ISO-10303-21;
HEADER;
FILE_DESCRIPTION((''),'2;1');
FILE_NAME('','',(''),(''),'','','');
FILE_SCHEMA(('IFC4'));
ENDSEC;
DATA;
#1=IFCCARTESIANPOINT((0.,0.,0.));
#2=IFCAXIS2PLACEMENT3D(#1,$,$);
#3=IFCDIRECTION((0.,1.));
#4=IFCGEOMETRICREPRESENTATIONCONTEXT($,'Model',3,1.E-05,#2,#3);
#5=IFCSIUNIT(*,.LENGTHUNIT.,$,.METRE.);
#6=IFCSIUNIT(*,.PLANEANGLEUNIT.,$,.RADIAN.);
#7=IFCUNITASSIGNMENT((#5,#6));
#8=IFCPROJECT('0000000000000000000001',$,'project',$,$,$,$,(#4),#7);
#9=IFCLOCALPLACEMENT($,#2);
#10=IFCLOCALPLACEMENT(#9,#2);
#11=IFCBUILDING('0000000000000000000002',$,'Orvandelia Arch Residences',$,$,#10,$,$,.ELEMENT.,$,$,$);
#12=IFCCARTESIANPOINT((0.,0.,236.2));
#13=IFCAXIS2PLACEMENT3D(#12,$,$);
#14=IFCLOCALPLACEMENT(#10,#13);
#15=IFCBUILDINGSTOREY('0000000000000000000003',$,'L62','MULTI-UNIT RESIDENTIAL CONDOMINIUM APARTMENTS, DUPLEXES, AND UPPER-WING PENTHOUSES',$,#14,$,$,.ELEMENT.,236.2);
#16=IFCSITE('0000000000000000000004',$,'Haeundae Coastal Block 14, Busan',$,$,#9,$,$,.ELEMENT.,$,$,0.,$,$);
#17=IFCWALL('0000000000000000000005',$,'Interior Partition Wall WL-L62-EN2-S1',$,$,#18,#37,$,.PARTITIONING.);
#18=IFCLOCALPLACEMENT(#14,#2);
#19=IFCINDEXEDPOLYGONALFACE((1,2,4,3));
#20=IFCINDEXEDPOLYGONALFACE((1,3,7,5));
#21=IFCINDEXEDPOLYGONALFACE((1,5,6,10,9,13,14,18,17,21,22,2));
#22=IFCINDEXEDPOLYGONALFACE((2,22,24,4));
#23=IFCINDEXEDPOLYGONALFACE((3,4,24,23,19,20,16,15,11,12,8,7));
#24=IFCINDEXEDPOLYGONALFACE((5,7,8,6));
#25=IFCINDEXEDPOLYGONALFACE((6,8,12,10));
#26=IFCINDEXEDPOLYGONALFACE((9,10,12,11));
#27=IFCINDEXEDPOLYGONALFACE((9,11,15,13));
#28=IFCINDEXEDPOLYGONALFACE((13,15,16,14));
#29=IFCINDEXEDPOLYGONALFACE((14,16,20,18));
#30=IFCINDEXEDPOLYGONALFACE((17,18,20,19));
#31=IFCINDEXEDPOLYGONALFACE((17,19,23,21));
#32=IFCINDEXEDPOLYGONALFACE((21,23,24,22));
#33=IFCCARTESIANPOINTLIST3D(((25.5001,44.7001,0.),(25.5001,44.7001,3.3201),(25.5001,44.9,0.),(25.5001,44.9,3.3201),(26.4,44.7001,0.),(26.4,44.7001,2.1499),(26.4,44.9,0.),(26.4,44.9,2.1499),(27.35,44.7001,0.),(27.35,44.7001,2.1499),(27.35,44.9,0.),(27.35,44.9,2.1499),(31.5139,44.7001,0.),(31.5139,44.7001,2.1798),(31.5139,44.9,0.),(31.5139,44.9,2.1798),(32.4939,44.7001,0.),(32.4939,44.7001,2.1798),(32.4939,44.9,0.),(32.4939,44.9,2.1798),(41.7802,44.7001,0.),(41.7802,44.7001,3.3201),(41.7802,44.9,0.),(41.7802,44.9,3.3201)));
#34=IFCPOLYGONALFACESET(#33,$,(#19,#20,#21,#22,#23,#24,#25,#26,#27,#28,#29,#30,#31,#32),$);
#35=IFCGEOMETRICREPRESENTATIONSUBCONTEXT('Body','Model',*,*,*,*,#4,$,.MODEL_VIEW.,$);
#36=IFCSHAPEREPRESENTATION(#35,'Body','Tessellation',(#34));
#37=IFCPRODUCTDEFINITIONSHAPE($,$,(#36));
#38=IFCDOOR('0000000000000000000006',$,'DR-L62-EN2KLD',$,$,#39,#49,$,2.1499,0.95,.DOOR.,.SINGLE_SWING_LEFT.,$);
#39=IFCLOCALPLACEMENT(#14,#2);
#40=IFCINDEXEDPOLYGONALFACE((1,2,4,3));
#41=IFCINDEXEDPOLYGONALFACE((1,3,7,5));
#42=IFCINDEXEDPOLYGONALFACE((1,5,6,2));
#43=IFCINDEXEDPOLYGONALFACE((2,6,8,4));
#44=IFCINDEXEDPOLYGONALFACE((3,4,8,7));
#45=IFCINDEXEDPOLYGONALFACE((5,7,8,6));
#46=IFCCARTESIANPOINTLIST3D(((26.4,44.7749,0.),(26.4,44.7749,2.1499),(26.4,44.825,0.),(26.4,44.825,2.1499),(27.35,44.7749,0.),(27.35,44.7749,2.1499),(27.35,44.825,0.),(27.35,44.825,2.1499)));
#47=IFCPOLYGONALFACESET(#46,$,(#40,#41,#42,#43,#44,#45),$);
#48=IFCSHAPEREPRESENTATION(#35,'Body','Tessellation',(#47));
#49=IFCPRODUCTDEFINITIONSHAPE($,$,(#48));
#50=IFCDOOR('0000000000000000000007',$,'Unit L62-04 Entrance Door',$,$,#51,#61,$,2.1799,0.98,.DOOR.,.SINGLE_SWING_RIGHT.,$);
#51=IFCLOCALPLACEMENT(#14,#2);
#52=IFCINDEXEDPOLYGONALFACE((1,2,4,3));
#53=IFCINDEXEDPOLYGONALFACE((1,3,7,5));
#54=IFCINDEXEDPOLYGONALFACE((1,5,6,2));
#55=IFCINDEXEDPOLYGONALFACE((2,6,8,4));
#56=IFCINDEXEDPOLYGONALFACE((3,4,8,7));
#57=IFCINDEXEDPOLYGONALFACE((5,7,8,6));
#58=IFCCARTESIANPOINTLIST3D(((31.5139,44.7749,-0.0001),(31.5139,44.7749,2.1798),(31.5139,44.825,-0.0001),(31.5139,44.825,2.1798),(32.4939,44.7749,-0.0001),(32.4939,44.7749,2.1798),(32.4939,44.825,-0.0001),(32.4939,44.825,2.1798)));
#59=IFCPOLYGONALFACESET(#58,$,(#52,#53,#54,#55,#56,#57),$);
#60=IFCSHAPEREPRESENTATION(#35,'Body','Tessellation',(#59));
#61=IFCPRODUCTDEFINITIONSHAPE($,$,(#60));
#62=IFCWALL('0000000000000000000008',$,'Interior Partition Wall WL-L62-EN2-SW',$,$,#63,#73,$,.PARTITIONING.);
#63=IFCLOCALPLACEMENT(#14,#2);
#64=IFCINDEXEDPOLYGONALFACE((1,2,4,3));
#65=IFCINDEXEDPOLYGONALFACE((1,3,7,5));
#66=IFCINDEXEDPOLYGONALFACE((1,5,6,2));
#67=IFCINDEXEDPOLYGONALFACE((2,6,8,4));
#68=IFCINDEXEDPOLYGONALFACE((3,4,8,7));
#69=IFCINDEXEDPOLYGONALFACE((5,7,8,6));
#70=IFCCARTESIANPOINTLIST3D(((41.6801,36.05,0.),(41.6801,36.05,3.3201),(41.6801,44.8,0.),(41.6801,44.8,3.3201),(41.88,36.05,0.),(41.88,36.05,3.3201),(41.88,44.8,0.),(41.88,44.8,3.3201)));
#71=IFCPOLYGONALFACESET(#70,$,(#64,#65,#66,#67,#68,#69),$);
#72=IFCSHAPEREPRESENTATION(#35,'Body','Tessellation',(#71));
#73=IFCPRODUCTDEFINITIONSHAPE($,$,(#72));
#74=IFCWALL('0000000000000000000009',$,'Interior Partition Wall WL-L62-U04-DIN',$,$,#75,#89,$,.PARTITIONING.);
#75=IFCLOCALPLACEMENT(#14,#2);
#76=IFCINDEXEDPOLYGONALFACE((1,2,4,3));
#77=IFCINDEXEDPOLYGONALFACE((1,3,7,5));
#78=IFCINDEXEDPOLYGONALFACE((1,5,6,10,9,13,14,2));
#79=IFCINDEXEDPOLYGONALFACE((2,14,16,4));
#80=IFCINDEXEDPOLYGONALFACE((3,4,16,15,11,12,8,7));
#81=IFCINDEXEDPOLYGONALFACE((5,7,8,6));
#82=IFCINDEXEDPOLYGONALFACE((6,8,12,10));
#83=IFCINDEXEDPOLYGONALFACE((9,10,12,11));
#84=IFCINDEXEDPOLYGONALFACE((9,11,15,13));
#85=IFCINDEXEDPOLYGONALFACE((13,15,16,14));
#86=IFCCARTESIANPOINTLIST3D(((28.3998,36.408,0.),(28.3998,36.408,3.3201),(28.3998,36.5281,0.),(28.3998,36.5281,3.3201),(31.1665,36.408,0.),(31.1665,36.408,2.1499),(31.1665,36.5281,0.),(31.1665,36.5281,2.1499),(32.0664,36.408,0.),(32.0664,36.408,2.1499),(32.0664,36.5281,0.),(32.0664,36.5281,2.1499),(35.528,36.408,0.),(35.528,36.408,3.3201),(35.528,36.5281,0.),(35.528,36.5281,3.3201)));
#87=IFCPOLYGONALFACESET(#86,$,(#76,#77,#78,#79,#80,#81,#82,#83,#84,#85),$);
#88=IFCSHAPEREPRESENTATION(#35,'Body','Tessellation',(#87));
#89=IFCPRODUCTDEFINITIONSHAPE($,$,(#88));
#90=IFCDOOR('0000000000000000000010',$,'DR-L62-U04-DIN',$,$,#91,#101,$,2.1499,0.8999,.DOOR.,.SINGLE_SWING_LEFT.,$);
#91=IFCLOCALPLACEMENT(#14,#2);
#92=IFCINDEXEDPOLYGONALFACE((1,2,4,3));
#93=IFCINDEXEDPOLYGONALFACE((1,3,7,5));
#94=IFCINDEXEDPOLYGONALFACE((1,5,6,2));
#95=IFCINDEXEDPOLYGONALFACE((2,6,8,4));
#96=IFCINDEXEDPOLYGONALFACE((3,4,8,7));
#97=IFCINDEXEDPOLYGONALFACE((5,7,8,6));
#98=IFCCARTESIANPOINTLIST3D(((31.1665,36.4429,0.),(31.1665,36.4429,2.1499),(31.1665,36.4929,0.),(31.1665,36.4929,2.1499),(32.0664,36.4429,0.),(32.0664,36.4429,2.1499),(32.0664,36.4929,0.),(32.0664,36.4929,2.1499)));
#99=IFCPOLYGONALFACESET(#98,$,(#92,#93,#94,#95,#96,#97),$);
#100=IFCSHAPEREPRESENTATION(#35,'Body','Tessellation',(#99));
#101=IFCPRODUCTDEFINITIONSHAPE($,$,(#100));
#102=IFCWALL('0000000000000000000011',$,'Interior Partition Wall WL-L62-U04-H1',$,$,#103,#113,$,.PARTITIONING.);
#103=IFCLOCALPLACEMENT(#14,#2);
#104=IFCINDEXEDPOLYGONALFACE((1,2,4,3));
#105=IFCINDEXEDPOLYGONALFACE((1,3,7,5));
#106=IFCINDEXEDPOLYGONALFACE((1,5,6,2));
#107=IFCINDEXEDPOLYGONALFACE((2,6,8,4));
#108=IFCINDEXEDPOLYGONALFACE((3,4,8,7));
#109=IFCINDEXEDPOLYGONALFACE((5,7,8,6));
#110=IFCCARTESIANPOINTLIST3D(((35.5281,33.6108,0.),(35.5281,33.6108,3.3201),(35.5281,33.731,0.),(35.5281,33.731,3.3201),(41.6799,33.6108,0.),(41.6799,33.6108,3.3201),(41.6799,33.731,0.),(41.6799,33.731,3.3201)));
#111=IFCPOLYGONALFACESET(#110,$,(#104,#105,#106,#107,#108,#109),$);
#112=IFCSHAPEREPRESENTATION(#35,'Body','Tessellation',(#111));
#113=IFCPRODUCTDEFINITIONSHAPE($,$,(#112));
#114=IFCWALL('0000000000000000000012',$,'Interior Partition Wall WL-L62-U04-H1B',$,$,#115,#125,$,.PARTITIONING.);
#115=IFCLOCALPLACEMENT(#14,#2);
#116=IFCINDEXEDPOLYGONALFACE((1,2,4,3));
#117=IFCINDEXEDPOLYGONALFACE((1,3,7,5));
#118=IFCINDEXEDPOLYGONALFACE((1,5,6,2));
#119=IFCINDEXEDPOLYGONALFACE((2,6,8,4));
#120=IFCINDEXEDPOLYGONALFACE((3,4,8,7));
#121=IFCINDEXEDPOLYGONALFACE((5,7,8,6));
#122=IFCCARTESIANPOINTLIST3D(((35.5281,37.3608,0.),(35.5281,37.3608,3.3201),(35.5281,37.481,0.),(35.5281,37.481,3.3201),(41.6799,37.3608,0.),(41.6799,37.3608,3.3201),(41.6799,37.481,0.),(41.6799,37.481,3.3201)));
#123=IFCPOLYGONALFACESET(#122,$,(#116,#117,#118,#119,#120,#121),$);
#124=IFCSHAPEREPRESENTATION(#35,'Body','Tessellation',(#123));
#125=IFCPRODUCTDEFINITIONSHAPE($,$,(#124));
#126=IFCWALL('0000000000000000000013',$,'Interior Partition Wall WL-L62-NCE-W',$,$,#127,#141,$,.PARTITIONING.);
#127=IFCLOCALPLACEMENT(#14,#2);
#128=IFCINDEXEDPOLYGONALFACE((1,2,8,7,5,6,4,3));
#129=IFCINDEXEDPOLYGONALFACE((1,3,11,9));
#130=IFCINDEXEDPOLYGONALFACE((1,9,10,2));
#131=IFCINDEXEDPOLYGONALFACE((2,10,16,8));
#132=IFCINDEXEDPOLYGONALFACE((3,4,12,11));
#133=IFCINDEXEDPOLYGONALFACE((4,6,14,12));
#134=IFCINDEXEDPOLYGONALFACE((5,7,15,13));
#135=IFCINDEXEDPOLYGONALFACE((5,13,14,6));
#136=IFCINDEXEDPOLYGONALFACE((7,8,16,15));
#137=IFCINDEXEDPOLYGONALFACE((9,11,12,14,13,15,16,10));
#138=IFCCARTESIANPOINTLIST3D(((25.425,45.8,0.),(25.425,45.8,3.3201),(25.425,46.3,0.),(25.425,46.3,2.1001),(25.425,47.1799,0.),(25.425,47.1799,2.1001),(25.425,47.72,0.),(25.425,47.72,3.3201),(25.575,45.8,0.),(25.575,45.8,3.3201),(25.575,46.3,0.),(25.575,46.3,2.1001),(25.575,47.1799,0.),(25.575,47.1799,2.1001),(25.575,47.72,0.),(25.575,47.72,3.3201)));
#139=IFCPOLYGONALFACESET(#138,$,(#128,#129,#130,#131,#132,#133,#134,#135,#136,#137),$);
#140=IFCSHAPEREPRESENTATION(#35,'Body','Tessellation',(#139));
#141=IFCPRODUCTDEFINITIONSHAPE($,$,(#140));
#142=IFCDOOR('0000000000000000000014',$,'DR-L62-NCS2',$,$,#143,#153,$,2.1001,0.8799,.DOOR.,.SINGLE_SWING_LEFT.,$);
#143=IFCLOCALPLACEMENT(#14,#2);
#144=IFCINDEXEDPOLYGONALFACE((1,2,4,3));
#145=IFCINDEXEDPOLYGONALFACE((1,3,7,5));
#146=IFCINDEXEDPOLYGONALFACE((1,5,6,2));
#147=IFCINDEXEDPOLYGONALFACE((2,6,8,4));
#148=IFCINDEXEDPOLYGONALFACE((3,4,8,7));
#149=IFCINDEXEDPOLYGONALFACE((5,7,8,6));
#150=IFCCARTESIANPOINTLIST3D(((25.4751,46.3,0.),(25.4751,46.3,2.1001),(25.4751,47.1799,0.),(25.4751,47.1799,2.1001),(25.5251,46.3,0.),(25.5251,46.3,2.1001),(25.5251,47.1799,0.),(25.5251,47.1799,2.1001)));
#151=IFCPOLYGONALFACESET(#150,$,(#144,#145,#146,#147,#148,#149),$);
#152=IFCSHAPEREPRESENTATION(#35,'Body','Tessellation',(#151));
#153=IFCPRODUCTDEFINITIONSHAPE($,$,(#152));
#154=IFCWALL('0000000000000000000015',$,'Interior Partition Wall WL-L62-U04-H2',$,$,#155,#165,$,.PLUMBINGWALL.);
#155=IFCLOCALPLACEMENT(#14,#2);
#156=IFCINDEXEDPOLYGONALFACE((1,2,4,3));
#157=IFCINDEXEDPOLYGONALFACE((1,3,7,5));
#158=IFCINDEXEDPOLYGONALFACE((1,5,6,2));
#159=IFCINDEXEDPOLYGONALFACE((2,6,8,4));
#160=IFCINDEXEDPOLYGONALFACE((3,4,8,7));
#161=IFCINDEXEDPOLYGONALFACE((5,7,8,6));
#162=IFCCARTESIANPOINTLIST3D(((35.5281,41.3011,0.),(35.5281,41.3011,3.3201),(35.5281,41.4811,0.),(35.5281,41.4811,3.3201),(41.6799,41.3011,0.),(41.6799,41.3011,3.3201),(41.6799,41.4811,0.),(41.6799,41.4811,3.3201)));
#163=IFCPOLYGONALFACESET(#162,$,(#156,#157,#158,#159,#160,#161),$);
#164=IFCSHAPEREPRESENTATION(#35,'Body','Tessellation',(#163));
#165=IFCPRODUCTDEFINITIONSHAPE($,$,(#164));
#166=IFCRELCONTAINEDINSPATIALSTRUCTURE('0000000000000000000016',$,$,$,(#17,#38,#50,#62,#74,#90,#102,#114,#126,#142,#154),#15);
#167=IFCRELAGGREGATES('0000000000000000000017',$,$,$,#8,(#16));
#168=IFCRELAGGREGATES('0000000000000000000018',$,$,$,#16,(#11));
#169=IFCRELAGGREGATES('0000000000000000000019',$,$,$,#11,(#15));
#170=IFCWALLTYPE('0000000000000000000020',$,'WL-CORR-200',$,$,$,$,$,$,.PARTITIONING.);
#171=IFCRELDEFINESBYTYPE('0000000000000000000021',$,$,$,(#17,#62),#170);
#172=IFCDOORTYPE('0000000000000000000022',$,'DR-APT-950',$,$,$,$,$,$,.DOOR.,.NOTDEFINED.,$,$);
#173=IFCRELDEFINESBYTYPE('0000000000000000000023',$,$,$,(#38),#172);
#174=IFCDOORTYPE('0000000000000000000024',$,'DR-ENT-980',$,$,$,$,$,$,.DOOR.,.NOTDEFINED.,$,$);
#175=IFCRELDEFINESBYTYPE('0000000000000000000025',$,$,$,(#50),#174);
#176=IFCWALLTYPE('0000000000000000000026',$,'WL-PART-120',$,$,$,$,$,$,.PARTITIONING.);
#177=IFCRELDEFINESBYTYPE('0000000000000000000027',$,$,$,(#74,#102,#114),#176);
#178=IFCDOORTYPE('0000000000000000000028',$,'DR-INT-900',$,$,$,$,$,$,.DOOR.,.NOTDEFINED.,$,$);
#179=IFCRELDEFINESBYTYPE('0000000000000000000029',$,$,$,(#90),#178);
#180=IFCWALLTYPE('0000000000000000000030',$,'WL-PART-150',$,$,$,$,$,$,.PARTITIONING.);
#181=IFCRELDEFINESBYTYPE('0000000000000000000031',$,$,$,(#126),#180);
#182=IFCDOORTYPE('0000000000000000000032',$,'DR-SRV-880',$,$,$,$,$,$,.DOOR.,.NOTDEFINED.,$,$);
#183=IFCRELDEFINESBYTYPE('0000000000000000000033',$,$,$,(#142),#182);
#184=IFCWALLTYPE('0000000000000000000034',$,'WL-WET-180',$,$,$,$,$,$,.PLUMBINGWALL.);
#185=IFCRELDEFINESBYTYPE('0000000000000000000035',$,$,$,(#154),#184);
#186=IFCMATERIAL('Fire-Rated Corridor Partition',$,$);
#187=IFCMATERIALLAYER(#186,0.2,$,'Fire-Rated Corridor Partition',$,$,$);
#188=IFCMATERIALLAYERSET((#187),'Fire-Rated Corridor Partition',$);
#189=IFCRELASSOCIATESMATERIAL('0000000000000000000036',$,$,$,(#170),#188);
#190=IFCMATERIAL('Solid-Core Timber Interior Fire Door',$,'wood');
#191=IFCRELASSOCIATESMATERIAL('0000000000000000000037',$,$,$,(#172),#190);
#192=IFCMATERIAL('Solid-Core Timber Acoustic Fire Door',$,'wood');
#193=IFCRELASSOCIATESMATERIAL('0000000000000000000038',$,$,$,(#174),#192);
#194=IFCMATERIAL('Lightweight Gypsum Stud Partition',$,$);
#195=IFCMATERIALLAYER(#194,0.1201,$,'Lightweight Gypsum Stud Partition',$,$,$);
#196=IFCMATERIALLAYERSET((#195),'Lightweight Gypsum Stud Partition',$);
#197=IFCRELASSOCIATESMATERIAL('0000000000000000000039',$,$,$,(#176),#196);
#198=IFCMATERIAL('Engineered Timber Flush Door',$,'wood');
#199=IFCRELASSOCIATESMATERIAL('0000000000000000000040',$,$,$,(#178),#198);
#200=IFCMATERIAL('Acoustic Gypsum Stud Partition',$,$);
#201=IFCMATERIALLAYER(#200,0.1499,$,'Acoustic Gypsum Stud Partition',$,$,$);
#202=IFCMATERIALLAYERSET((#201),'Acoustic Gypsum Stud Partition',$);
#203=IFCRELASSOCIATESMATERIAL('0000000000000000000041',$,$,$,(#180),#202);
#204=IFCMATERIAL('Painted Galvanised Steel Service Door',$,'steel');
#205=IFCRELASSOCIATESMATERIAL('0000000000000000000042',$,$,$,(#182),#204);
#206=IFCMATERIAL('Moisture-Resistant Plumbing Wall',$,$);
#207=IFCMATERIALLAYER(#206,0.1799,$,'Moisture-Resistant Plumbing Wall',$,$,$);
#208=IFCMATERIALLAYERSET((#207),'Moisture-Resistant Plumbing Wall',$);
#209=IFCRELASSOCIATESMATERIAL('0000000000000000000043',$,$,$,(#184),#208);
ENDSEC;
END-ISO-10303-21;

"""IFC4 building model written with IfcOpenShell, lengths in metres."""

from ifc_helpers import new_model, si_unit, direction, frame, frame_2d, origin, place, context, subcontext, project, spatial, rectangle, extrude, material, layer, layer_set, type_object, element, fill, save


model = new_model("IFC4")

# Units and contexts
model_context = context("Model", 3, precision=1e-05, world=origin(), true_north=direction((0.0, 1.0)))
body_context = subcontext(model_context, "Body", "Model", "MODEL_VIEW")
ifc_project = project(units=[si_unit("LENGTHUNIT", "METRE"), si_unit("PLANEANGLEUNIT", "RADIAN")], contexts=[model_context])

# Site, building, storey
site_placement = place(None, origin())
site = spatial("IfcSite", under=ifc_project, at=site_placement, Name="Haeundae Coastal Block 14, Busan", CompositionType="ELEMENT", RefElevation=0.0)
building_placement = place(site_placement, origin())
building = spatial("IfcBuilding", under=site, at=building_placement, Name="Orvandelia Arch Residences", CompositionType="ELEMENT")
storey_placement = place(building_placement, frame((0.0, 0.0, 236.2)))
storey = spatial("IfcBuildingStorey", under=building, at=storey_placement, Name="L62", Description="MULTI-UNIT RESIDENTIAL CONDOMINIUM APARTMENTS, DUPLEXES, AND UPPER-WING PENTHOUSES", CompositionType="ELEMENT", Elevation=236.2)

# Wall, openings, doors
ifc_material_1 = material(Name="Fire-Rated Corridor Partition")
ifc_layer_1 = layer(ifc_material_1, 0.2, Name="Fire-Rated Corridor Partition")
ifc_layer_set_1 = layer_set([ifc_layer_1], Name="Fire-Rated Corridor Partition")
wall_type_1 = type_object("IfcWallType", Name="WL-CORR-200", PredefinedType="PARTITIONING", material=ifc_layer_set_1)
wall_1_placement = place(storey_placement, frame((25.5, 44.8, 0.0), z_axis=(0.0, 0.0, 1.0), x_axis=(1.0, 0.0, 0.0)))
wall_1 = element("IfcWall", 1, at=wall_1_placement, inside=storey, type_object=wall_type_1, Name="Interior Partition Wall WL-L62-EN2-S1", PredefinedType="PARTITIONING", context=body_context, shape_type="SweptSolid", body=[
    extrude(rectangle(XDim=16.28, YDim=0.2, at=frame_2d((8.1401, 0.0))), origin(), (0.0, 0.0, 1.0), 3.3201),
])
opening_1_placement = place(wall_1_placement, frame((0.8999, 0.0, 0.0)))
opening_1 = element("IfcOpeningElement", 2, at=opening_1_placement, cuts=wall_1, PredefinedType="OPENING", context=body_context, shape_type="SweptSolid", body=[
    extrude(rectangle(XDim=0.95, YDim=2.1499, at=frame_2d((0.4751, 1.075))), frame((0.0, 0.1099, 0.0), z_axis=(0.0, -1.0, 0.0), x_axis=(1.0, 0.0, 0.0)), (0.0, 0.0, 1.0), 0.22),
])
opening_2_placement = place(wall_1_placement, frame((6.0139, 0.0, 0.0)))
opening_2 = element("IfcOpeningElement", 3, at=opening_2_placement, cuts=wall_1, PredefinedType="OPENING", context=body_context, shape_type="SweptSolid", body=[
    extrude(rectangle(XDim=0.98, YDim=2.1799, at=frame_2d((0.49, 1.0898))), frame((0.0, 0.1099, 0.0), z_axis=(0.0, -1.0, 0.0), x_axis=(1.0, 0.0, 0.0)), (0.0, 0.0, 1.0), 0.22),
])
ifc_material_2 = material(Name="Solid-Core Timber Interior Fire Door", Category="wood")
door_type_1 = type_object("IfcDoorType", Name="DR-APT-950", OperationType="NOTDEFINED", PredefinedType="DOOR", material=ifc_material_2)
door_1_placement = place(opening_1_placement, origin())
door_1 = element("IfcDoor", 4, at=door_1_placement, inside=storey, type_object=door_type_1, Name="DR-L62-EN2KLD", OperationType="SINGLE_SWING_LEFT", OverallHeight=2.1499, OverallWidth=0.95, PredefinedType="DOOR", context=body_context, shape_type="SweptSolid", body=[
    extrude(rectangle(XDim=0.95, YDim=2.1499, at=frame_2d((0.4751, 1.075))), frame((0.0, 0.0249, 0.0), z_axis=(0.0, -1.0, 0.0), x_axis=(1.0, 0.0, 0.0)), (0.0, 0.0, 1.0), 0.05),
])
fill(opening_1, door_1)
ifc_material_3 = material(Name="Solid-Core Timber Acoustic Fire Door", Category="wood")
door_type_2 = type_object("IfcDoorType", Name="DR-ENT-980", OperationType="NOTDEFINED", PredefinedType="DOOR", material=ifc_material_3)
door_2_placement = place(opening_2_placement, origin())
door_2 = element("IfcDoor", 5, at=door_2_placement, inside=storey, type_object=door_type_2, Name="Unit L62-04 Entrance Door", OperationType="SINGLE_SWING_RIGHT", OverallHeight=2.1799, OverallWidth=0.98, PredefinedType="DOOR", context=body_context, shape_type="SweptSolid", body=[
    extrude(rectangle(XDim=0.98, YDim=2.1799, at=frame_2d((0.49, 1.0898))), frame((0.0, 0.0249, 0.0), z_axis=(0.0, -1.0, 0.0), x_axis=(1.0, 0.0, 0.0)), (0.0, 0.0, 1.0), 0.05),
])
fill(opening_2, door_2)

# Wall
wall_2_placement = place(storey_placement, frame((41.78, 36.05, 0.0), z_axis=(0.0, 0.0, 1.0), x_axis=(0.0, 1.0, 0.0)))
element("IfcWall", 6, at=wall_2_placement, inside=storey, type_object=wall_type_1, Name="Interior Partition Wall WL-L62-EN2-SW", PredefinedType="PARTITIONING", context=body_context, shape_type="SweptSolid", body=[
    extrude(rectangle(XDim=8.75, YDim=0.2, at=frame_2d((4.375, 0.0))), origin(), (0.0, 0.0, 1.0), 3.3201),
])

# Wall, opening, door
ifc_material_4 = material(Name="Lightweight Gypsum Stud Partition")
ifc_layer_2 = layer(ifc_material_4, 0.1201, Name="Lightweight Gypsum Stud Partition")
ifc_layer_set_2 = layer_set([ifc_layer_2], Name="Lightweight Gypsum Stud Partition")
wall_type_2 = type_object("IfcWallType", Name="WL-PART-120", PredefinedType="PARTITIONING", material=ifc_layer_set_2)
wall_3_placement = place(storey_placement, frame((28.3999, 36.468, 0.0), z_axis=(0.0, 0.0, 1.0), x_axis=(1.0, 0.0, 0.0)))
wall_3 = element("IfcWall", 7, at=wall_3_placement, inside=storey, type_object=wall_type_2, Name="Interior Partition Wall WL-L62-U04-DIN", PredefinedType="PARTITIONING", context=body_context, shape_type="SweptSolid", body=[
    extrude(rectangle(XDim=7.1282, YDim=0.1201, at=frame_2d((3.564, 0.0))), origin(), (0.0, 0.0, 1.0), 3.3201),
])
opening_3_placement = place(wall_3_placement, frame((2.7666, 0.0, 0.0)))
opening_3 = element("IfcOpeningElement", 8, at=opening_3_placement, cuts=wall_3, PredefinedType="OPENING", context=body_context, shape_type="SweptSolid", body=[
    extrude(rectangle(XDim=0.8999, YDim=2.1499, at=frame_2d((0.45, 1.075))), frame((0.0, 0.0701, 0.0), z_axis=(0.0, -1.0, 0.0), x_axis=(1.0, 0.0, 0.0)), (0.0, 0.0, 1.0), 0.1401),
])
ifc_material_5 = material(Name="Engineered Timber Flush Door", Category="wood")
door_type_3 = type_object("IfcDoorType", Name="DR-INT-900", OperationType="NOTDEFINED", PredefinedType="DOOR", material=ifc_material_5)
door_3_placement = place(opening_3_placement, origin())
door_3 = element("IfcDoor", 9, at=door_3_placement, inside=storey, type_object=door_type_3, Name="DR-L62-U04-DIN", OperationType="SINGLE_SWING_LEFT", OverallHeight=2.1499, OverallWidth=0.8999, PredefinedType="DOOR", context=body_context, shape_type="SweptSolid", body=[
    extrude(rectangle(XDim=0.8999, YDim=2.1499, at=frame_2d((0.45, 1.075))), frame((0.0, 0.0249, 0.0), z_axis=(0.0, -1.0, 0.0), x_axis=(1.0, 0.0, 0.0)), (0.0, 0.0, 1.0), 0.05),
])
fill(opening_3, door_3)

# Walls
for number, where, z_axis, x_axis, name in (
    (10, (35.5281, 33.6709, 0.0), (0.0, 0.0, 1.0), (1.0, 0.0, 0.0), "Interior Partition Wall WL-L62-U04-H1"),
    (11, (35.5281, 37.4209, 0.0), (0.0, 0.0, 1.0), (1.0, 0.0, 0.0), "Interior Partition Wall WL-L62-U04-H1B"),
):
    element("IfcWall", number, at=place(storey_placement, frame(where, z_axis=z_axis, x_axis=x_axis)), inside=storey, type_object=wall_type_2, Name=name, PredefinedType="PARTITIONING", context=body_context, shape_type="SweptSolid", body=[
        extrude(rectangle(XDim=6.1519, YDim=0.1201, at=frame_2d((3.0759, 0.0))), origin(), (0.0, 0.0, 1.0), 3.3201),
    ])

# Wall, opening, door
ifc_material_6 = material(Name="Acoustic Gypsum Stud Partition")
ifc_layer_3 = layer(ifc_material_6, 0.1499, Name="Acoustic Gypsum Stud Partition")
ifc_layer_set_3 = layer_set([ifc_layer_3], Name="Acoustic Gypsum Stud Partition")
wall_type_3 = type_object("IfcWallType", Name="WL-PART-150", PredefinedType="PARTITIONING", material=ifc_layer_set_3)
wall_4_placement = place(storey_placement, frame((25.5, 45.8, 0.0), z_axis=(0.0, 0.0, 1.0), x_axis=(0.0, 1.0, 0.0)))
wall_4 = element("IfcWall", 12, at=wall_4_placement, inside=storey, type_object=wall_type_3, Name="Interior Partition Wall WL-L62-NCE-W", PredefinedType="PARTITIONING", context=body_context, shape_type="SweptSolid", body=[
    extrude(rectangle(XDim=1.9199, YDim=0.1499, at=frame_2d((0.96, 0.0))), origin(), (0.0, 0.0, 1.0), 3.3201),
])
opening_4_placement = place(wall_4_placement, frame((0.5, 0.0, 0.0)))
opening_4 = element("IfcOpeningElement", 13, at=opening_4_placement, cuts=wall_4, PredefinedType="OPENING", context=body_context, shape_type="SweptSolid", body=[
    extrude(rectangle(XDim=0.8799, YDim=2.1001, at=frame_2d((0.4399, 1.05))), frame((0.0, 0.085, 0.0), z_axis=(0.0, -1.0, 0.0), x_axis=(1.0, 0.0, 0.0)), (0.0, 0.0, 1.0), 0.1699),
])
ifc_material_7 = material(Name="Painted Galvanised Steel Service Door", Category="steel")
door_type_4 = type_object("IfcDoorType", Name="DR-SRV-880", OperationType="NOTDEFINED", PredefinedType="DOOR", material=ifc_material_7)
door_4_placement = place(opening_4_placement, origin())
door_4 = element("IfcDoor", 14, at=door_4_placement, inside=storey, type_object=door_type_4, Name="DR-L62-NCS2", OperationType="SINGLE_SWING_LEFT", OverallHeight=2.1001, OverallWidth=0.8799, PredefinedType="DOOR", context=body_context, shape_type="SweptSolid", body=[
    extrude(rectangle(XDim=0.8799, YDim=2.1001, at=frame_2d((0.4399, 1.05))), frame((0.0, 0.0249, 0.0), z_axis=(0.0, -1.0, 0.0), x_axis=(1.0, 0.0, 0.0)), (0.0, 0.0, 1.0), 0.05),
])
fill(opening_4, door_4)

# Wall
ifc_material_8 = material(Name="Moisture-Resistant Plumbing Wall")
ifc_layer_4 = layer(ifc_material_8, 0.1799, Name="Moisture-Resistant Plumbing Wall")
ifc_layer_set_4 = layer_set([ifc_layer_4], Name="Moisture-Resistant Plumbing Wall")
wall_type_4 = type_object("IfcWallType", Name="WL-WET-180", PredefinedType="PLUMBINGWALL", material=ifc_layer_set_4)
wall_5_placement = place(storey_placement, frame((35.5281, 41.3911, 0.0), z_axis=(0.0, 0.0, 1.0), x_axis=(1.0, 0.0, 0.0)))
element("IfcWall", 15, at=wall_5_placement, inside=storey, type_object=wall_type_4, Name="Interior Partition Wall WL-L62-U04-H2", PredefinedType="PLUMBINGWALL", context=body_context, shape_type="SweptSolid", body=[
    extrude(rectangle(XDim=6.1519, YDim=0.1799, at=frame_2d((3.0759, 0.0))), origin(), (0.0, 0.0, 1.0), 3.3201),
])

save(model, "model.ifc")
